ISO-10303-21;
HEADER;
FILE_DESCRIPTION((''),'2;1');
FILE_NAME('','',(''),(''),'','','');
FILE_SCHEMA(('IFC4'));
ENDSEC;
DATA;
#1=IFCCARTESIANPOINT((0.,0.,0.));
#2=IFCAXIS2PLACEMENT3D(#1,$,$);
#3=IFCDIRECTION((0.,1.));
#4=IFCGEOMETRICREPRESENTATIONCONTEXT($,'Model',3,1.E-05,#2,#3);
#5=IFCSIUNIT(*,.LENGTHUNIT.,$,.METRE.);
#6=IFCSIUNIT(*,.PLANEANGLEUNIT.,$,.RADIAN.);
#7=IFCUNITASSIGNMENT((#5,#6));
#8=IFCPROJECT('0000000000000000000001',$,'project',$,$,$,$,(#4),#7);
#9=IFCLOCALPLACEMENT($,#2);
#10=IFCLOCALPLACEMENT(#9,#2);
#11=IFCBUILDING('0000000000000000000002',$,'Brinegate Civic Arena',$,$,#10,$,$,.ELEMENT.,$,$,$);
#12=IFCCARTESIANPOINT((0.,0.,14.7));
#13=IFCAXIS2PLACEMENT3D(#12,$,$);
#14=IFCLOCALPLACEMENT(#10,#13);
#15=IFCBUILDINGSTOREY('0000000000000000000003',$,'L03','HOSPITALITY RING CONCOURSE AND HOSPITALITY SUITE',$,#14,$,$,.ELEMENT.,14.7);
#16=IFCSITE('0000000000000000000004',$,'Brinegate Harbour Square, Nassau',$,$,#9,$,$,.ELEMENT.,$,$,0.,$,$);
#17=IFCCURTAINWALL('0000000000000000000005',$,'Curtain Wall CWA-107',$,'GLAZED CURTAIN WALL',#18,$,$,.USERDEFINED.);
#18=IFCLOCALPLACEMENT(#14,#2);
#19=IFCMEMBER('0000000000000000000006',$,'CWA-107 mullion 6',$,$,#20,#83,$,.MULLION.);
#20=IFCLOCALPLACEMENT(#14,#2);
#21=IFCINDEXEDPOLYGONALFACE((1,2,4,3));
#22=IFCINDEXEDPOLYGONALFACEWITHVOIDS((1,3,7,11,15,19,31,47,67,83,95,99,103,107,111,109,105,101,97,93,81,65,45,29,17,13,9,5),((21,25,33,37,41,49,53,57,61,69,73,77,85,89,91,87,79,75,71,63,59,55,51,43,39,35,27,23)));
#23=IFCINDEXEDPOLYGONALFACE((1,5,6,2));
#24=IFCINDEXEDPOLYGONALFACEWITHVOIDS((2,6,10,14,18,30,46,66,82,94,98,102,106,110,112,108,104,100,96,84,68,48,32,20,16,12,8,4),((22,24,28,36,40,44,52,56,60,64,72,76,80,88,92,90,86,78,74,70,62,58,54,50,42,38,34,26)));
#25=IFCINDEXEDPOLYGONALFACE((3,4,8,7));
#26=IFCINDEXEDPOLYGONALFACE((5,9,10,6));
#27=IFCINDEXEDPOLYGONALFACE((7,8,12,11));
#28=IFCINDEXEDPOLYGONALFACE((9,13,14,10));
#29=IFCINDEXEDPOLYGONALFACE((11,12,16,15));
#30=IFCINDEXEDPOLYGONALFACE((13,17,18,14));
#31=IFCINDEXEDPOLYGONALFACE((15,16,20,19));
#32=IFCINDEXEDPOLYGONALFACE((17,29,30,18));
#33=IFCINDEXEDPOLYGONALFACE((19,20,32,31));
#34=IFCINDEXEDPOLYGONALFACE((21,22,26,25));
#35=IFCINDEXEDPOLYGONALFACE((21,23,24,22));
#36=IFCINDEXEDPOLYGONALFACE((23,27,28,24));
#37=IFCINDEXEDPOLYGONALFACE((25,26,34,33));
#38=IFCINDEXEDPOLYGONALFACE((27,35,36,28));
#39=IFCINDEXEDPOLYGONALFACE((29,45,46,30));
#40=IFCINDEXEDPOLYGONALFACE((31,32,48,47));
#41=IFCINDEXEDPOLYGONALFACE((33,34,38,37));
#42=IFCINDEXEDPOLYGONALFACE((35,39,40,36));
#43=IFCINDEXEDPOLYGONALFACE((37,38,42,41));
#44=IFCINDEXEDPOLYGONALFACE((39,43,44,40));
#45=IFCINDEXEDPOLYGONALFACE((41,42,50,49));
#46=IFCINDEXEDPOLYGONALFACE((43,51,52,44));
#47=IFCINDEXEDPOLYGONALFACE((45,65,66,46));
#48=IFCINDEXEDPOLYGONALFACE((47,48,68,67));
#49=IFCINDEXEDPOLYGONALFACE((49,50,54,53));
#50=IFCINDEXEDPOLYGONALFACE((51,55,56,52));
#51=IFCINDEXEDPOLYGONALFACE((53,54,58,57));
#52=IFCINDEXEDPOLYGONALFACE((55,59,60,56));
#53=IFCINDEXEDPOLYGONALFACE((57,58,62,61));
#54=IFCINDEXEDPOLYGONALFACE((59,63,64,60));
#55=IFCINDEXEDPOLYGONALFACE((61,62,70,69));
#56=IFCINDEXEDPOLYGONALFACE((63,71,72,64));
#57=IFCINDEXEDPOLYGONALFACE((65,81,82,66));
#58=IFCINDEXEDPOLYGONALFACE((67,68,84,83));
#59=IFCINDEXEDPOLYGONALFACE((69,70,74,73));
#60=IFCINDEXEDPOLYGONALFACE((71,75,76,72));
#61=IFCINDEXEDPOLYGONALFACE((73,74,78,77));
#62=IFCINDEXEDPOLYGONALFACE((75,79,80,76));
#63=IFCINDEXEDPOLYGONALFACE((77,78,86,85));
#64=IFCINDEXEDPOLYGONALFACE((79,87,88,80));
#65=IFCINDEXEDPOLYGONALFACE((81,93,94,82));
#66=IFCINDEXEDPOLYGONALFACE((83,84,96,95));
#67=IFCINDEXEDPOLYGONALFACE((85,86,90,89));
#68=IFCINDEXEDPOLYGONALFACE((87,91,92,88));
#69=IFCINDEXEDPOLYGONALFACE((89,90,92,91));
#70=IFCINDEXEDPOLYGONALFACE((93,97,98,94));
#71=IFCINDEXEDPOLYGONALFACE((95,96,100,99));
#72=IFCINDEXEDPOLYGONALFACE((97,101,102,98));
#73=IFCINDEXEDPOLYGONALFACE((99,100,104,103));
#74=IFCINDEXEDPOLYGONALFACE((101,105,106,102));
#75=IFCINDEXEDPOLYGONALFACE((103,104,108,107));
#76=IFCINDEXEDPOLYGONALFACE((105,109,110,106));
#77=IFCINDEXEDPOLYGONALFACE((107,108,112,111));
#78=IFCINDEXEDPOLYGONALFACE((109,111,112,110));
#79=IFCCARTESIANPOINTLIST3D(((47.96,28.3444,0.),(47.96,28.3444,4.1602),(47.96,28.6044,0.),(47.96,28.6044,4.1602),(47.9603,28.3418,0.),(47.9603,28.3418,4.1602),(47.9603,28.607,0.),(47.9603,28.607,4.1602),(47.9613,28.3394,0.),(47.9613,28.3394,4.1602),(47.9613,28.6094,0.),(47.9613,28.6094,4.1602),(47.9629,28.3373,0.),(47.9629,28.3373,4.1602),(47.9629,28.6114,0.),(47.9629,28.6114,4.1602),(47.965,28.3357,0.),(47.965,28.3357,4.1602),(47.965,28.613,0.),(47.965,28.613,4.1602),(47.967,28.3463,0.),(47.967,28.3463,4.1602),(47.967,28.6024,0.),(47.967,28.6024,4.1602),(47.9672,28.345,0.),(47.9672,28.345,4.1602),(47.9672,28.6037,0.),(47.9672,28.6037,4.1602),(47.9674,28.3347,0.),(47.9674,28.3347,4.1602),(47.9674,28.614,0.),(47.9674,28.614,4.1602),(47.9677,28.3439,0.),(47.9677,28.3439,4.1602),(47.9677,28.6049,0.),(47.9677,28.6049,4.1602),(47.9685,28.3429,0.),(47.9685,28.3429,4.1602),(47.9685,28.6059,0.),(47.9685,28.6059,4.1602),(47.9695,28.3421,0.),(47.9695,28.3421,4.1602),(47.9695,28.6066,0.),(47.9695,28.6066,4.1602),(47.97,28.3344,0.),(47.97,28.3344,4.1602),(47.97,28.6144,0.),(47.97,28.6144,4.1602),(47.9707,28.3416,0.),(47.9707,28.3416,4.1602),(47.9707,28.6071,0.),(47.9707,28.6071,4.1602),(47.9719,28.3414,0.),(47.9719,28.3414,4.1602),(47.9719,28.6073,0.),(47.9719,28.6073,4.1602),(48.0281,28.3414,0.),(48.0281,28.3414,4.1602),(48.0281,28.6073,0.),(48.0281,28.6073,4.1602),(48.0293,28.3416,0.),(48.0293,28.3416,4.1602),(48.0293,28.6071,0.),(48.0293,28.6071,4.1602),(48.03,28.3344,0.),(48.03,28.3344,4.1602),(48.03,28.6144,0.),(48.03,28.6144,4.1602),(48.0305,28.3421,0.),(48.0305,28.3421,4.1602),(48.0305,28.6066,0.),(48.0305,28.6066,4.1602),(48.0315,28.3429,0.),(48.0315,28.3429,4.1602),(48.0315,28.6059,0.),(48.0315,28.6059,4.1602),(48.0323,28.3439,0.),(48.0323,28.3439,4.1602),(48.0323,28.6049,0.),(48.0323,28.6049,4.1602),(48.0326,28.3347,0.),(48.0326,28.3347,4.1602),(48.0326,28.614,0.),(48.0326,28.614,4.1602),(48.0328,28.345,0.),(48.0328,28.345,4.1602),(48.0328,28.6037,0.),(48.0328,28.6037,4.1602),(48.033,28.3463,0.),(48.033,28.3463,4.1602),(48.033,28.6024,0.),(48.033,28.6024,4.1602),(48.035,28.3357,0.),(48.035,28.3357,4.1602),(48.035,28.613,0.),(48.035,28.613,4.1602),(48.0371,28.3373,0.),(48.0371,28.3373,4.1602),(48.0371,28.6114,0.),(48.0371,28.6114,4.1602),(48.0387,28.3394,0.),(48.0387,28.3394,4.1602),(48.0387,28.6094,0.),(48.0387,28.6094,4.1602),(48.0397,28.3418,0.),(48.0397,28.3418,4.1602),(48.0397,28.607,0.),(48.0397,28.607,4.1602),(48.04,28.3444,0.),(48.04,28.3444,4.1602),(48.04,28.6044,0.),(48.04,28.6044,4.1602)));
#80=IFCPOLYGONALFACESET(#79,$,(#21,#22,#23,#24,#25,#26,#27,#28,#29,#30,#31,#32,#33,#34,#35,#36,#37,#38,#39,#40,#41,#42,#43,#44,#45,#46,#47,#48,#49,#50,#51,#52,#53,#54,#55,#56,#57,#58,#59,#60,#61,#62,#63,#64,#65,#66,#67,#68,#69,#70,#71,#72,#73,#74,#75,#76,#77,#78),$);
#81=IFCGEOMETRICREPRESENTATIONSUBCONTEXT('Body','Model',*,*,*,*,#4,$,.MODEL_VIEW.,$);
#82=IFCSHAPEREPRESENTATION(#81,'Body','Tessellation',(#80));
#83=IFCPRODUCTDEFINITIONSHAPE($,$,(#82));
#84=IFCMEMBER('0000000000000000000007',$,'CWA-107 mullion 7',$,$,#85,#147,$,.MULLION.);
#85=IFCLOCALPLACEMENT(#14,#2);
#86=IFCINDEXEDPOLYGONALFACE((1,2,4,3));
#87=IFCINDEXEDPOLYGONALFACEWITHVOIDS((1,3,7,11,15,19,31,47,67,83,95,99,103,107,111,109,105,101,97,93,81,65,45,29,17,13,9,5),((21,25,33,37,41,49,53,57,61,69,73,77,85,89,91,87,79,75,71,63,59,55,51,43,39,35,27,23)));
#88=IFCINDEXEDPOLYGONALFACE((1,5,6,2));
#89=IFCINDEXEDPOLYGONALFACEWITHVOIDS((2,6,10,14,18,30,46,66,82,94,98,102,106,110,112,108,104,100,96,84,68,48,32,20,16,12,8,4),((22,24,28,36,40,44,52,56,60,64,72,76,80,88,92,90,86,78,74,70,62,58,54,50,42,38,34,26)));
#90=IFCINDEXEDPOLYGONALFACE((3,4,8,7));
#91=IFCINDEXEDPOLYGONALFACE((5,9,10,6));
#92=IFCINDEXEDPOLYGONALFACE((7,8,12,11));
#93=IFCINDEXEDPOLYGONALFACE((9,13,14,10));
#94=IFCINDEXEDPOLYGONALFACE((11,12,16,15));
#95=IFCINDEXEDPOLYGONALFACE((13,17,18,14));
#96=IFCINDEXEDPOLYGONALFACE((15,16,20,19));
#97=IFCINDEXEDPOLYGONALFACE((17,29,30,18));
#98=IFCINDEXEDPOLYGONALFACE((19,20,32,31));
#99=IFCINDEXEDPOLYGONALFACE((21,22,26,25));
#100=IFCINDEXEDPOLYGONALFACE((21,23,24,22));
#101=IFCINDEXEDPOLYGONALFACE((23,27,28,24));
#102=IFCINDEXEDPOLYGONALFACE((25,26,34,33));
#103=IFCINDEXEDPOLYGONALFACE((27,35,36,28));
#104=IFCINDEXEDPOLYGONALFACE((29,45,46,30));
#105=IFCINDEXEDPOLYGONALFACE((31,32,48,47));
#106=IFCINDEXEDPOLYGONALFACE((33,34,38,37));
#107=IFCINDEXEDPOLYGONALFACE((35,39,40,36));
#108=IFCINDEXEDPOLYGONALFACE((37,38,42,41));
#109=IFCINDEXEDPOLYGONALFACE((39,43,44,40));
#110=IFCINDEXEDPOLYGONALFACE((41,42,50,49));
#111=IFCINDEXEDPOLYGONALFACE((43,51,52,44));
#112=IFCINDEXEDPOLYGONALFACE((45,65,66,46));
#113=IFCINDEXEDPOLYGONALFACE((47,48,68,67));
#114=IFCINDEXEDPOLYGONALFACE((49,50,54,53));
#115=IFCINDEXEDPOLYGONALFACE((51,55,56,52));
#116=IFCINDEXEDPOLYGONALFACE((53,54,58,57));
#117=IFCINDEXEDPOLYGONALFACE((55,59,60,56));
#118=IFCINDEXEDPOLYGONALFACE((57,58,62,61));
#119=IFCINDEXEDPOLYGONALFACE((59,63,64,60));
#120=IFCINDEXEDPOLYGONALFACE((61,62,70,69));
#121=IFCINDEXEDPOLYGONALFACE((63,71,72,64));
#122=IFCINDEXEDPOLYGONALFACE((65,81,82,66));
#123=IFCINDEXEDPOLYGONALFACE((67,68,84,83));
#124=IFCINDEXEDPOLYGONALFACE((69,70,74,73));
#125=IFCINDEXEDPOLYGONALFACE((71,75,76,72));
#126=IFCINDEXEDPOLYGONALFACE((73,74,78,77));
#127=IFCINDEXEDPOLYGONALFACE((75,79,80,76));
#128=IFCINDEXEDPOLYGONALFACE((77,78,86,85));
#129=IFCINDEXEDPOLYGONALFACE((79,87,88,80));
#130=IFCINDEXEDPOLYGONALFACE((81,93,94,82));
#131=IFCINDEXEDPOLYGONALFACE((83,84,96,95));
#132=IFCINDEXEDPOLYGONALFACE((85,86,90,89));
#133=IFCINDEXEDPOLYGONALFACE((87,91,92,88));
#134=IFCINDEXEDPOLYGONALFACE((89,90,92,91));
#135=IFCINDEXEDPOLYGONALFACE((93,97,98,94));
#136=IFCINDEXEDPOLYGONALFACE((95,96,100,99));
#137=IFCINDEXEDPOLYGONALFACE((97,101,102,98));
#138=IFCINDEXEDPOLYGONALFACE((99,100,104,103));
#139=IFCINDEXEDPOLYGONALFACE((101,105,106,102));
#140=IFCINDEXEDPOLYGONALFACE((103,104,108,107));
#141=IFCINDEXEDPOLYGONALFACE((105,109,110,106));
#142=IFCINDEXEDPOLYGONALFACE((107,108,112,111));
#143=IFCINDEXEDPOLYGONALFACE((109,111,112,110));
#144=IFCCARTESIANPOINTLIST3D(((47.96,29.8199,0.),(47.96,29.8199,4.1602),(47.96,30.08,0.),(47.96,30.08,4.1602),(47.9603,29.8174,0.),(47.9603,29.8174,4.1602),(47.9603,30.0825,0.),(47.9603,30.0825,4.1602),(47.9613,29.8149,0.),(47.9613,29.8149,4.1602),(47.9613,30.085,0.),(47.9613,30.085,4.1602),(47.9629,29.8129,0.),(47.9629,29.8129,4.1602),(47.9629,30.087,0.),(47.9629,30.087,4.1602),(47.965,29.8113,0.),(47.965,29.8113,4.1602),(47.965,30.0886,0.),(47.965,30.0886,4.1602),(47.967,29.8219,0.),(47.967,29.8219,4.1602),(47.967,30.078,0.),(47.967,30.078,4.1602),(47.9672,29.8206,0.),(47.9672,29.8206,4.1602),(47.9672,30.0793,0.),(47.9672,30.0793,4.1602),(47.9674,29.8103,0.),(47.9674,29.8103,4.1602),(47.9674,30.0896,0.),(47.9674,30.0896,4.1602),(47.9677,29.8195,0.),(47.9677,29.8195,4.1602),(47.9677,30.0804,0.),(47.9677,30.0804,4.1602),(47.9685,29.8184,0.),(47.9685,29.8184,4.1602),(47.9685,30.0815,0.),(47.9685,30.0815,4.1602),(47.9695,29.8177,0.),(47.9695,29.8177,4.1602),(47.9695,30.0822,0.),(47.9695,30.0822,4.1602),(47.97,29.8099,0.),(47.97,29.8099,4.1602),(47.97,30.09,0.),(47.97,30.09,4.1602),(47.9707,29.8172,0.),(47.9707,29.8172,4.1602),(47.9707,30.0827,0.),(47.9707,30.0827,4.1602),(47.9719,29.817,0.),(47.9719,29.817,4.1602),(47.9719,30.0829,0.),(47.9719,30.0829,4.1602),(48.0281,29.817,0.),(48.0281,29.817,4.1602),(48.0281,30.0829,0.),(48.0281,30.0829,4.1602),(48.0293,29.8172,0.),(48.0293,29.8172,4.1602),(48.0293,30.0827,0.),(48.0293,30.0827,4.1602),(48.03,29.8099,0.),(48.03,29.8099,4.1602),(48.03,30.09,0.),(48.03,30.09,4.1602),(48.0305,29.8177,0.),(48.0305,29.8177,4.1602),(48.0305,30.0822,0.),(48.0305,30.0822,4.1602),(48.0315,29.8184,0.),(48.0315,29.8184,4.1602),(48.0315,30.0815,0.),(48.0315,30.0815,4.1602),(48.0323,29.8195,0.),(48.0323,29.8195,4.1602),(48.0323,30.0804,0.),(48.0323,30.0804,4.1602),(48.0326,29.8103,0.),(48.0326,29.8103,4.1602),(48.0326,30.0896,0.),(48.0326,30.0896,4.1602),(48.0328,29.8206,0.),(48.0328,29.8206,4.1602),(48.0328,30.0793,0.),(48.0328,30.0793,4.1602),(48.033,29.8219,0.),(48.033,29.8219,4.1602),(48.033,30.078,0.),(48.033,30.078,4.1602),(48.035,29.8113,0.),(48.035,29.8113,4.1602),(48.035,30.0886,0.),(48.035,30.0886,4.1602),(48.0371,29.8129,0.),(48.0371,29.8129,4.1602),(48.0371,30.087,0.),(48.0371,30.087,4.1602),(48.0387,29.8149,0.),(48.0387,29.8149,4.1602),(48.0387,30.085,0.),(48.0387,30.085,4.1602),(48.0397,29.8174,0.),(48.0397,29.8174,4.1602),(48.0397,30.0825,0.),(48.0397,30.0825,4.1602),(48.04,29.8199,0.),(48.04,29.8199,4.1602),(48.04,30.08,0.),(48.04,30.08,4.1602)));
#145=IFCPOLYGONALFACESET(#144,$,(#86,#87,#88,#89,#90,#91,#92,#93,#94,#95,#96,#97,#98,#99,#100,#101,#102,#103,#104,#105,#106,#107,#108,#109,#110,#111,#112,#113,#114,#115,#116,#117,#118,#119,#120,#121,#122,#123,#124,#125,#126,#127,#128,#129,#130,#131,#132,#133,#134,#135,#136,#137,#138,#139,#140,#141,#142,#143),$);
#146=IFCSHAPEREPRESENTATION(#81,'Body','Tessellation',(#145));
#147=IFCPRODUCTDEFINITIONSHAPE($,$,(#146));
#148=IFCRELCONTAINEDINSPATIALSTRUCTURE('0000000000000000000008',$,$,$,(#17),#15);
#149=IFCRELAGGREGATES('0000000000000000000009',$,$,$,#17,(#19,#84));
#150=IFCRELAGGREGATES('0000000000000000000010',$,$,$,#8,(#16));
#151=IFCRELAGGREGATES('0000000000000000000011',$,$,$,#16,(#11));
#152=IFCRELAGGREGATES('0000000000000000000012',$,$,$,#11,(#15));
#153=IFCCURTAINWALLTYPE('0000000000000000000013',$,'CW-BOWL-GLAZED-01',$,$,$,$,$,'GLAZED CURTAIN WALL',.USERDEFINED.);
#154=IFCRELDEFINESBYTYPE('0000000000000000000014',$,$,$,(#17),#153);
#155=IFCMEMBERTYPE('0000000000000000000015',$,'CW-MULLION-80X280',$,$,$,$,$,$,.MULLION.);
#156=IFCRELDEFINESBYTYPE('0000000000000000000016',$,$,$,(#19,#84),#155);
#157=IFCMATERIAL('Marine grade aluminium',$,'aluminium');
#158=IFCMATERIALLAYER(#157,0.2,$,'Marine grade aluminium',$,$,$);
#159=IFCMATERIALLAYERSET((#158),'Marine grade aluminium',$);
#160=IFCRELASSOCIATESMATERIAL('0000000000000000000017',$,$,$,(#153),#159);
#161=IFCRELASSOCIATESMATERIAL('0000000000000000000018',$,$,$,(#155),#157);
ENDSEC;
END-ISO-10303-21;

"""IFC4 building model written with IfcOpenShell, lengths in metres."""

from ifc_helpers import new_model, si_unit, direction, frame, origin, origin_2d, place, context, subcontext, project, spatial, hollow_rectangle, extrude, material, layer, layer_set, material_profile, profile_set, type_object, element, aggregate, save


model = new_model("IFC4")

# Units and contexts
model_context = context("Model", 3, precision=1e-05, world=origin(), true_north=direction((0.0, 1.0)))
body_context = subcontext(model_context, "Body", "Model", "MODEL_VIEW")
ifc_project = project(units=[si_unit("LENGTHUNIT", "METRE"), si_unit("PLANEANGLEUNIT", "RADIAN")], contexts=[model_context])

# Site, building, storey
site_placement = place(None, origin())
site = spatial("IfcSite", under=ifc_project, at=site_placement, Name="Brinegate Harbour Square, Nassau", CompositionType="ELEMENT", RefElevation=0.0)
building_placement = place(site_placement, origin())
building = spatial("IfcBuilding", under=site, at=building_placement, Name="Brinegate Civic Arena", CompositionType="ELEMENT")
storey_placement = place(building_placement, frame((0.0, 0.0, 14.7)))
storey = spatial("IfcBuildingStorey", under=building, at=storey_placement, Name="L03", Description="HOSPITALITY RING CONCOURSE AND HOSPITALITY SUITE", CompositionType="ELEMENT", Elevation=14.7)

# Curtain wall, members
ifc_material_1 = material(Name="Marine grade aluminium", Category="aluminium")
ifc_layer_1 = layer(ifc_material_1, 0.2, Name="Marine grade aluminium")
ifc_layer_set_1 = layer_set([ifc_layer_1], Name="Marine grade aluminium")
curtain_wall_type = type_object("IfcCurtainWallType", Name="CW-BOWL-GLAZED-01", ElementType="GLAZED CURTAIN WALL", PredefinedType="USERDEFINED", material=ifc_layer_set_1)
curtain_wall_1_placement = place(storey_placement, origin())
curtain_wall_1 = element("IfcCurtainWall", 1, at=curtain_wall_1_placement, inside=storey, type_object=curtain_wall_type, Name="Curtain Wall CWA-107", ObjectType="GLAZED CURTAIN WALL", PredefinedType="USERDEFINED")
ifc_material_profile_1 = material_profile(ifc_material_1, hollow_rectangle(XDim=0.0801, YDim=0.28, WallThickness=0.0071, InnerFilletRadius=0.0049, OuterFilletRadius=0.01, at=origin_2d()), Name="MUL80X280")
ifc_profile_set_1 = profile_set([ifc_material_profile_1], Name="Marine grade aluminium")
member_type_1 = type_object("IfcMemberType", Name="CW-MULLION-80X280", PredefinedType="MULLION", material=ifc_profile_set_1)
member_1_placement = place(storey_placement, frame((48.0, 28.4744, 0.0), z_axis=(0.0, 0.0, 1.0), x_axis=(-1.0, 0.0, 0.0)))
member_1 = element("IfcMember", 2, at=member_1_placement, type_object=member_type_1, Name="CWA-107 mullion 6", PredefinedType="MULLION", context=body_context, shape_type="SweptSolid", body=[
    extrude(hollow_rectangle(XDim=0.0801, YDim=0.28, WallThickness=0.0071, InnerFilletRadius=0.0049, OuterFilletRadius=0.01, at=origin_2d()), origin(), (0.0, 0.0, 1.0), 4.1602),
])
member_2_placement = place(storey_placement, frame((48.0, 29.95, 0.0), z_axis=(0.0, 0.0, 1.0), x_axis=(-1.0, 0.0, 0.0)))
member_2 = element("IfcMember", 3, at=member_2_placement, type_object=member_type_1, Name="CWA-107 mullion 7", PredefinedType="MULLION", context=body_context, shape_type="SweptSolid", body=[
    extrude(hollow_rectangle(XDim=0.0801, YDim=0.28, WallThickness=0.0071, InnerFilletRadius=0.0049, OuterFilletRadius=0.01, at=origin_2d()), origin(), (0.0, 0.0, 1.0), 4.1602),
])

aggregate(curtain_wall_1, [member_1, member_2])

save(model, "model.ifc")
